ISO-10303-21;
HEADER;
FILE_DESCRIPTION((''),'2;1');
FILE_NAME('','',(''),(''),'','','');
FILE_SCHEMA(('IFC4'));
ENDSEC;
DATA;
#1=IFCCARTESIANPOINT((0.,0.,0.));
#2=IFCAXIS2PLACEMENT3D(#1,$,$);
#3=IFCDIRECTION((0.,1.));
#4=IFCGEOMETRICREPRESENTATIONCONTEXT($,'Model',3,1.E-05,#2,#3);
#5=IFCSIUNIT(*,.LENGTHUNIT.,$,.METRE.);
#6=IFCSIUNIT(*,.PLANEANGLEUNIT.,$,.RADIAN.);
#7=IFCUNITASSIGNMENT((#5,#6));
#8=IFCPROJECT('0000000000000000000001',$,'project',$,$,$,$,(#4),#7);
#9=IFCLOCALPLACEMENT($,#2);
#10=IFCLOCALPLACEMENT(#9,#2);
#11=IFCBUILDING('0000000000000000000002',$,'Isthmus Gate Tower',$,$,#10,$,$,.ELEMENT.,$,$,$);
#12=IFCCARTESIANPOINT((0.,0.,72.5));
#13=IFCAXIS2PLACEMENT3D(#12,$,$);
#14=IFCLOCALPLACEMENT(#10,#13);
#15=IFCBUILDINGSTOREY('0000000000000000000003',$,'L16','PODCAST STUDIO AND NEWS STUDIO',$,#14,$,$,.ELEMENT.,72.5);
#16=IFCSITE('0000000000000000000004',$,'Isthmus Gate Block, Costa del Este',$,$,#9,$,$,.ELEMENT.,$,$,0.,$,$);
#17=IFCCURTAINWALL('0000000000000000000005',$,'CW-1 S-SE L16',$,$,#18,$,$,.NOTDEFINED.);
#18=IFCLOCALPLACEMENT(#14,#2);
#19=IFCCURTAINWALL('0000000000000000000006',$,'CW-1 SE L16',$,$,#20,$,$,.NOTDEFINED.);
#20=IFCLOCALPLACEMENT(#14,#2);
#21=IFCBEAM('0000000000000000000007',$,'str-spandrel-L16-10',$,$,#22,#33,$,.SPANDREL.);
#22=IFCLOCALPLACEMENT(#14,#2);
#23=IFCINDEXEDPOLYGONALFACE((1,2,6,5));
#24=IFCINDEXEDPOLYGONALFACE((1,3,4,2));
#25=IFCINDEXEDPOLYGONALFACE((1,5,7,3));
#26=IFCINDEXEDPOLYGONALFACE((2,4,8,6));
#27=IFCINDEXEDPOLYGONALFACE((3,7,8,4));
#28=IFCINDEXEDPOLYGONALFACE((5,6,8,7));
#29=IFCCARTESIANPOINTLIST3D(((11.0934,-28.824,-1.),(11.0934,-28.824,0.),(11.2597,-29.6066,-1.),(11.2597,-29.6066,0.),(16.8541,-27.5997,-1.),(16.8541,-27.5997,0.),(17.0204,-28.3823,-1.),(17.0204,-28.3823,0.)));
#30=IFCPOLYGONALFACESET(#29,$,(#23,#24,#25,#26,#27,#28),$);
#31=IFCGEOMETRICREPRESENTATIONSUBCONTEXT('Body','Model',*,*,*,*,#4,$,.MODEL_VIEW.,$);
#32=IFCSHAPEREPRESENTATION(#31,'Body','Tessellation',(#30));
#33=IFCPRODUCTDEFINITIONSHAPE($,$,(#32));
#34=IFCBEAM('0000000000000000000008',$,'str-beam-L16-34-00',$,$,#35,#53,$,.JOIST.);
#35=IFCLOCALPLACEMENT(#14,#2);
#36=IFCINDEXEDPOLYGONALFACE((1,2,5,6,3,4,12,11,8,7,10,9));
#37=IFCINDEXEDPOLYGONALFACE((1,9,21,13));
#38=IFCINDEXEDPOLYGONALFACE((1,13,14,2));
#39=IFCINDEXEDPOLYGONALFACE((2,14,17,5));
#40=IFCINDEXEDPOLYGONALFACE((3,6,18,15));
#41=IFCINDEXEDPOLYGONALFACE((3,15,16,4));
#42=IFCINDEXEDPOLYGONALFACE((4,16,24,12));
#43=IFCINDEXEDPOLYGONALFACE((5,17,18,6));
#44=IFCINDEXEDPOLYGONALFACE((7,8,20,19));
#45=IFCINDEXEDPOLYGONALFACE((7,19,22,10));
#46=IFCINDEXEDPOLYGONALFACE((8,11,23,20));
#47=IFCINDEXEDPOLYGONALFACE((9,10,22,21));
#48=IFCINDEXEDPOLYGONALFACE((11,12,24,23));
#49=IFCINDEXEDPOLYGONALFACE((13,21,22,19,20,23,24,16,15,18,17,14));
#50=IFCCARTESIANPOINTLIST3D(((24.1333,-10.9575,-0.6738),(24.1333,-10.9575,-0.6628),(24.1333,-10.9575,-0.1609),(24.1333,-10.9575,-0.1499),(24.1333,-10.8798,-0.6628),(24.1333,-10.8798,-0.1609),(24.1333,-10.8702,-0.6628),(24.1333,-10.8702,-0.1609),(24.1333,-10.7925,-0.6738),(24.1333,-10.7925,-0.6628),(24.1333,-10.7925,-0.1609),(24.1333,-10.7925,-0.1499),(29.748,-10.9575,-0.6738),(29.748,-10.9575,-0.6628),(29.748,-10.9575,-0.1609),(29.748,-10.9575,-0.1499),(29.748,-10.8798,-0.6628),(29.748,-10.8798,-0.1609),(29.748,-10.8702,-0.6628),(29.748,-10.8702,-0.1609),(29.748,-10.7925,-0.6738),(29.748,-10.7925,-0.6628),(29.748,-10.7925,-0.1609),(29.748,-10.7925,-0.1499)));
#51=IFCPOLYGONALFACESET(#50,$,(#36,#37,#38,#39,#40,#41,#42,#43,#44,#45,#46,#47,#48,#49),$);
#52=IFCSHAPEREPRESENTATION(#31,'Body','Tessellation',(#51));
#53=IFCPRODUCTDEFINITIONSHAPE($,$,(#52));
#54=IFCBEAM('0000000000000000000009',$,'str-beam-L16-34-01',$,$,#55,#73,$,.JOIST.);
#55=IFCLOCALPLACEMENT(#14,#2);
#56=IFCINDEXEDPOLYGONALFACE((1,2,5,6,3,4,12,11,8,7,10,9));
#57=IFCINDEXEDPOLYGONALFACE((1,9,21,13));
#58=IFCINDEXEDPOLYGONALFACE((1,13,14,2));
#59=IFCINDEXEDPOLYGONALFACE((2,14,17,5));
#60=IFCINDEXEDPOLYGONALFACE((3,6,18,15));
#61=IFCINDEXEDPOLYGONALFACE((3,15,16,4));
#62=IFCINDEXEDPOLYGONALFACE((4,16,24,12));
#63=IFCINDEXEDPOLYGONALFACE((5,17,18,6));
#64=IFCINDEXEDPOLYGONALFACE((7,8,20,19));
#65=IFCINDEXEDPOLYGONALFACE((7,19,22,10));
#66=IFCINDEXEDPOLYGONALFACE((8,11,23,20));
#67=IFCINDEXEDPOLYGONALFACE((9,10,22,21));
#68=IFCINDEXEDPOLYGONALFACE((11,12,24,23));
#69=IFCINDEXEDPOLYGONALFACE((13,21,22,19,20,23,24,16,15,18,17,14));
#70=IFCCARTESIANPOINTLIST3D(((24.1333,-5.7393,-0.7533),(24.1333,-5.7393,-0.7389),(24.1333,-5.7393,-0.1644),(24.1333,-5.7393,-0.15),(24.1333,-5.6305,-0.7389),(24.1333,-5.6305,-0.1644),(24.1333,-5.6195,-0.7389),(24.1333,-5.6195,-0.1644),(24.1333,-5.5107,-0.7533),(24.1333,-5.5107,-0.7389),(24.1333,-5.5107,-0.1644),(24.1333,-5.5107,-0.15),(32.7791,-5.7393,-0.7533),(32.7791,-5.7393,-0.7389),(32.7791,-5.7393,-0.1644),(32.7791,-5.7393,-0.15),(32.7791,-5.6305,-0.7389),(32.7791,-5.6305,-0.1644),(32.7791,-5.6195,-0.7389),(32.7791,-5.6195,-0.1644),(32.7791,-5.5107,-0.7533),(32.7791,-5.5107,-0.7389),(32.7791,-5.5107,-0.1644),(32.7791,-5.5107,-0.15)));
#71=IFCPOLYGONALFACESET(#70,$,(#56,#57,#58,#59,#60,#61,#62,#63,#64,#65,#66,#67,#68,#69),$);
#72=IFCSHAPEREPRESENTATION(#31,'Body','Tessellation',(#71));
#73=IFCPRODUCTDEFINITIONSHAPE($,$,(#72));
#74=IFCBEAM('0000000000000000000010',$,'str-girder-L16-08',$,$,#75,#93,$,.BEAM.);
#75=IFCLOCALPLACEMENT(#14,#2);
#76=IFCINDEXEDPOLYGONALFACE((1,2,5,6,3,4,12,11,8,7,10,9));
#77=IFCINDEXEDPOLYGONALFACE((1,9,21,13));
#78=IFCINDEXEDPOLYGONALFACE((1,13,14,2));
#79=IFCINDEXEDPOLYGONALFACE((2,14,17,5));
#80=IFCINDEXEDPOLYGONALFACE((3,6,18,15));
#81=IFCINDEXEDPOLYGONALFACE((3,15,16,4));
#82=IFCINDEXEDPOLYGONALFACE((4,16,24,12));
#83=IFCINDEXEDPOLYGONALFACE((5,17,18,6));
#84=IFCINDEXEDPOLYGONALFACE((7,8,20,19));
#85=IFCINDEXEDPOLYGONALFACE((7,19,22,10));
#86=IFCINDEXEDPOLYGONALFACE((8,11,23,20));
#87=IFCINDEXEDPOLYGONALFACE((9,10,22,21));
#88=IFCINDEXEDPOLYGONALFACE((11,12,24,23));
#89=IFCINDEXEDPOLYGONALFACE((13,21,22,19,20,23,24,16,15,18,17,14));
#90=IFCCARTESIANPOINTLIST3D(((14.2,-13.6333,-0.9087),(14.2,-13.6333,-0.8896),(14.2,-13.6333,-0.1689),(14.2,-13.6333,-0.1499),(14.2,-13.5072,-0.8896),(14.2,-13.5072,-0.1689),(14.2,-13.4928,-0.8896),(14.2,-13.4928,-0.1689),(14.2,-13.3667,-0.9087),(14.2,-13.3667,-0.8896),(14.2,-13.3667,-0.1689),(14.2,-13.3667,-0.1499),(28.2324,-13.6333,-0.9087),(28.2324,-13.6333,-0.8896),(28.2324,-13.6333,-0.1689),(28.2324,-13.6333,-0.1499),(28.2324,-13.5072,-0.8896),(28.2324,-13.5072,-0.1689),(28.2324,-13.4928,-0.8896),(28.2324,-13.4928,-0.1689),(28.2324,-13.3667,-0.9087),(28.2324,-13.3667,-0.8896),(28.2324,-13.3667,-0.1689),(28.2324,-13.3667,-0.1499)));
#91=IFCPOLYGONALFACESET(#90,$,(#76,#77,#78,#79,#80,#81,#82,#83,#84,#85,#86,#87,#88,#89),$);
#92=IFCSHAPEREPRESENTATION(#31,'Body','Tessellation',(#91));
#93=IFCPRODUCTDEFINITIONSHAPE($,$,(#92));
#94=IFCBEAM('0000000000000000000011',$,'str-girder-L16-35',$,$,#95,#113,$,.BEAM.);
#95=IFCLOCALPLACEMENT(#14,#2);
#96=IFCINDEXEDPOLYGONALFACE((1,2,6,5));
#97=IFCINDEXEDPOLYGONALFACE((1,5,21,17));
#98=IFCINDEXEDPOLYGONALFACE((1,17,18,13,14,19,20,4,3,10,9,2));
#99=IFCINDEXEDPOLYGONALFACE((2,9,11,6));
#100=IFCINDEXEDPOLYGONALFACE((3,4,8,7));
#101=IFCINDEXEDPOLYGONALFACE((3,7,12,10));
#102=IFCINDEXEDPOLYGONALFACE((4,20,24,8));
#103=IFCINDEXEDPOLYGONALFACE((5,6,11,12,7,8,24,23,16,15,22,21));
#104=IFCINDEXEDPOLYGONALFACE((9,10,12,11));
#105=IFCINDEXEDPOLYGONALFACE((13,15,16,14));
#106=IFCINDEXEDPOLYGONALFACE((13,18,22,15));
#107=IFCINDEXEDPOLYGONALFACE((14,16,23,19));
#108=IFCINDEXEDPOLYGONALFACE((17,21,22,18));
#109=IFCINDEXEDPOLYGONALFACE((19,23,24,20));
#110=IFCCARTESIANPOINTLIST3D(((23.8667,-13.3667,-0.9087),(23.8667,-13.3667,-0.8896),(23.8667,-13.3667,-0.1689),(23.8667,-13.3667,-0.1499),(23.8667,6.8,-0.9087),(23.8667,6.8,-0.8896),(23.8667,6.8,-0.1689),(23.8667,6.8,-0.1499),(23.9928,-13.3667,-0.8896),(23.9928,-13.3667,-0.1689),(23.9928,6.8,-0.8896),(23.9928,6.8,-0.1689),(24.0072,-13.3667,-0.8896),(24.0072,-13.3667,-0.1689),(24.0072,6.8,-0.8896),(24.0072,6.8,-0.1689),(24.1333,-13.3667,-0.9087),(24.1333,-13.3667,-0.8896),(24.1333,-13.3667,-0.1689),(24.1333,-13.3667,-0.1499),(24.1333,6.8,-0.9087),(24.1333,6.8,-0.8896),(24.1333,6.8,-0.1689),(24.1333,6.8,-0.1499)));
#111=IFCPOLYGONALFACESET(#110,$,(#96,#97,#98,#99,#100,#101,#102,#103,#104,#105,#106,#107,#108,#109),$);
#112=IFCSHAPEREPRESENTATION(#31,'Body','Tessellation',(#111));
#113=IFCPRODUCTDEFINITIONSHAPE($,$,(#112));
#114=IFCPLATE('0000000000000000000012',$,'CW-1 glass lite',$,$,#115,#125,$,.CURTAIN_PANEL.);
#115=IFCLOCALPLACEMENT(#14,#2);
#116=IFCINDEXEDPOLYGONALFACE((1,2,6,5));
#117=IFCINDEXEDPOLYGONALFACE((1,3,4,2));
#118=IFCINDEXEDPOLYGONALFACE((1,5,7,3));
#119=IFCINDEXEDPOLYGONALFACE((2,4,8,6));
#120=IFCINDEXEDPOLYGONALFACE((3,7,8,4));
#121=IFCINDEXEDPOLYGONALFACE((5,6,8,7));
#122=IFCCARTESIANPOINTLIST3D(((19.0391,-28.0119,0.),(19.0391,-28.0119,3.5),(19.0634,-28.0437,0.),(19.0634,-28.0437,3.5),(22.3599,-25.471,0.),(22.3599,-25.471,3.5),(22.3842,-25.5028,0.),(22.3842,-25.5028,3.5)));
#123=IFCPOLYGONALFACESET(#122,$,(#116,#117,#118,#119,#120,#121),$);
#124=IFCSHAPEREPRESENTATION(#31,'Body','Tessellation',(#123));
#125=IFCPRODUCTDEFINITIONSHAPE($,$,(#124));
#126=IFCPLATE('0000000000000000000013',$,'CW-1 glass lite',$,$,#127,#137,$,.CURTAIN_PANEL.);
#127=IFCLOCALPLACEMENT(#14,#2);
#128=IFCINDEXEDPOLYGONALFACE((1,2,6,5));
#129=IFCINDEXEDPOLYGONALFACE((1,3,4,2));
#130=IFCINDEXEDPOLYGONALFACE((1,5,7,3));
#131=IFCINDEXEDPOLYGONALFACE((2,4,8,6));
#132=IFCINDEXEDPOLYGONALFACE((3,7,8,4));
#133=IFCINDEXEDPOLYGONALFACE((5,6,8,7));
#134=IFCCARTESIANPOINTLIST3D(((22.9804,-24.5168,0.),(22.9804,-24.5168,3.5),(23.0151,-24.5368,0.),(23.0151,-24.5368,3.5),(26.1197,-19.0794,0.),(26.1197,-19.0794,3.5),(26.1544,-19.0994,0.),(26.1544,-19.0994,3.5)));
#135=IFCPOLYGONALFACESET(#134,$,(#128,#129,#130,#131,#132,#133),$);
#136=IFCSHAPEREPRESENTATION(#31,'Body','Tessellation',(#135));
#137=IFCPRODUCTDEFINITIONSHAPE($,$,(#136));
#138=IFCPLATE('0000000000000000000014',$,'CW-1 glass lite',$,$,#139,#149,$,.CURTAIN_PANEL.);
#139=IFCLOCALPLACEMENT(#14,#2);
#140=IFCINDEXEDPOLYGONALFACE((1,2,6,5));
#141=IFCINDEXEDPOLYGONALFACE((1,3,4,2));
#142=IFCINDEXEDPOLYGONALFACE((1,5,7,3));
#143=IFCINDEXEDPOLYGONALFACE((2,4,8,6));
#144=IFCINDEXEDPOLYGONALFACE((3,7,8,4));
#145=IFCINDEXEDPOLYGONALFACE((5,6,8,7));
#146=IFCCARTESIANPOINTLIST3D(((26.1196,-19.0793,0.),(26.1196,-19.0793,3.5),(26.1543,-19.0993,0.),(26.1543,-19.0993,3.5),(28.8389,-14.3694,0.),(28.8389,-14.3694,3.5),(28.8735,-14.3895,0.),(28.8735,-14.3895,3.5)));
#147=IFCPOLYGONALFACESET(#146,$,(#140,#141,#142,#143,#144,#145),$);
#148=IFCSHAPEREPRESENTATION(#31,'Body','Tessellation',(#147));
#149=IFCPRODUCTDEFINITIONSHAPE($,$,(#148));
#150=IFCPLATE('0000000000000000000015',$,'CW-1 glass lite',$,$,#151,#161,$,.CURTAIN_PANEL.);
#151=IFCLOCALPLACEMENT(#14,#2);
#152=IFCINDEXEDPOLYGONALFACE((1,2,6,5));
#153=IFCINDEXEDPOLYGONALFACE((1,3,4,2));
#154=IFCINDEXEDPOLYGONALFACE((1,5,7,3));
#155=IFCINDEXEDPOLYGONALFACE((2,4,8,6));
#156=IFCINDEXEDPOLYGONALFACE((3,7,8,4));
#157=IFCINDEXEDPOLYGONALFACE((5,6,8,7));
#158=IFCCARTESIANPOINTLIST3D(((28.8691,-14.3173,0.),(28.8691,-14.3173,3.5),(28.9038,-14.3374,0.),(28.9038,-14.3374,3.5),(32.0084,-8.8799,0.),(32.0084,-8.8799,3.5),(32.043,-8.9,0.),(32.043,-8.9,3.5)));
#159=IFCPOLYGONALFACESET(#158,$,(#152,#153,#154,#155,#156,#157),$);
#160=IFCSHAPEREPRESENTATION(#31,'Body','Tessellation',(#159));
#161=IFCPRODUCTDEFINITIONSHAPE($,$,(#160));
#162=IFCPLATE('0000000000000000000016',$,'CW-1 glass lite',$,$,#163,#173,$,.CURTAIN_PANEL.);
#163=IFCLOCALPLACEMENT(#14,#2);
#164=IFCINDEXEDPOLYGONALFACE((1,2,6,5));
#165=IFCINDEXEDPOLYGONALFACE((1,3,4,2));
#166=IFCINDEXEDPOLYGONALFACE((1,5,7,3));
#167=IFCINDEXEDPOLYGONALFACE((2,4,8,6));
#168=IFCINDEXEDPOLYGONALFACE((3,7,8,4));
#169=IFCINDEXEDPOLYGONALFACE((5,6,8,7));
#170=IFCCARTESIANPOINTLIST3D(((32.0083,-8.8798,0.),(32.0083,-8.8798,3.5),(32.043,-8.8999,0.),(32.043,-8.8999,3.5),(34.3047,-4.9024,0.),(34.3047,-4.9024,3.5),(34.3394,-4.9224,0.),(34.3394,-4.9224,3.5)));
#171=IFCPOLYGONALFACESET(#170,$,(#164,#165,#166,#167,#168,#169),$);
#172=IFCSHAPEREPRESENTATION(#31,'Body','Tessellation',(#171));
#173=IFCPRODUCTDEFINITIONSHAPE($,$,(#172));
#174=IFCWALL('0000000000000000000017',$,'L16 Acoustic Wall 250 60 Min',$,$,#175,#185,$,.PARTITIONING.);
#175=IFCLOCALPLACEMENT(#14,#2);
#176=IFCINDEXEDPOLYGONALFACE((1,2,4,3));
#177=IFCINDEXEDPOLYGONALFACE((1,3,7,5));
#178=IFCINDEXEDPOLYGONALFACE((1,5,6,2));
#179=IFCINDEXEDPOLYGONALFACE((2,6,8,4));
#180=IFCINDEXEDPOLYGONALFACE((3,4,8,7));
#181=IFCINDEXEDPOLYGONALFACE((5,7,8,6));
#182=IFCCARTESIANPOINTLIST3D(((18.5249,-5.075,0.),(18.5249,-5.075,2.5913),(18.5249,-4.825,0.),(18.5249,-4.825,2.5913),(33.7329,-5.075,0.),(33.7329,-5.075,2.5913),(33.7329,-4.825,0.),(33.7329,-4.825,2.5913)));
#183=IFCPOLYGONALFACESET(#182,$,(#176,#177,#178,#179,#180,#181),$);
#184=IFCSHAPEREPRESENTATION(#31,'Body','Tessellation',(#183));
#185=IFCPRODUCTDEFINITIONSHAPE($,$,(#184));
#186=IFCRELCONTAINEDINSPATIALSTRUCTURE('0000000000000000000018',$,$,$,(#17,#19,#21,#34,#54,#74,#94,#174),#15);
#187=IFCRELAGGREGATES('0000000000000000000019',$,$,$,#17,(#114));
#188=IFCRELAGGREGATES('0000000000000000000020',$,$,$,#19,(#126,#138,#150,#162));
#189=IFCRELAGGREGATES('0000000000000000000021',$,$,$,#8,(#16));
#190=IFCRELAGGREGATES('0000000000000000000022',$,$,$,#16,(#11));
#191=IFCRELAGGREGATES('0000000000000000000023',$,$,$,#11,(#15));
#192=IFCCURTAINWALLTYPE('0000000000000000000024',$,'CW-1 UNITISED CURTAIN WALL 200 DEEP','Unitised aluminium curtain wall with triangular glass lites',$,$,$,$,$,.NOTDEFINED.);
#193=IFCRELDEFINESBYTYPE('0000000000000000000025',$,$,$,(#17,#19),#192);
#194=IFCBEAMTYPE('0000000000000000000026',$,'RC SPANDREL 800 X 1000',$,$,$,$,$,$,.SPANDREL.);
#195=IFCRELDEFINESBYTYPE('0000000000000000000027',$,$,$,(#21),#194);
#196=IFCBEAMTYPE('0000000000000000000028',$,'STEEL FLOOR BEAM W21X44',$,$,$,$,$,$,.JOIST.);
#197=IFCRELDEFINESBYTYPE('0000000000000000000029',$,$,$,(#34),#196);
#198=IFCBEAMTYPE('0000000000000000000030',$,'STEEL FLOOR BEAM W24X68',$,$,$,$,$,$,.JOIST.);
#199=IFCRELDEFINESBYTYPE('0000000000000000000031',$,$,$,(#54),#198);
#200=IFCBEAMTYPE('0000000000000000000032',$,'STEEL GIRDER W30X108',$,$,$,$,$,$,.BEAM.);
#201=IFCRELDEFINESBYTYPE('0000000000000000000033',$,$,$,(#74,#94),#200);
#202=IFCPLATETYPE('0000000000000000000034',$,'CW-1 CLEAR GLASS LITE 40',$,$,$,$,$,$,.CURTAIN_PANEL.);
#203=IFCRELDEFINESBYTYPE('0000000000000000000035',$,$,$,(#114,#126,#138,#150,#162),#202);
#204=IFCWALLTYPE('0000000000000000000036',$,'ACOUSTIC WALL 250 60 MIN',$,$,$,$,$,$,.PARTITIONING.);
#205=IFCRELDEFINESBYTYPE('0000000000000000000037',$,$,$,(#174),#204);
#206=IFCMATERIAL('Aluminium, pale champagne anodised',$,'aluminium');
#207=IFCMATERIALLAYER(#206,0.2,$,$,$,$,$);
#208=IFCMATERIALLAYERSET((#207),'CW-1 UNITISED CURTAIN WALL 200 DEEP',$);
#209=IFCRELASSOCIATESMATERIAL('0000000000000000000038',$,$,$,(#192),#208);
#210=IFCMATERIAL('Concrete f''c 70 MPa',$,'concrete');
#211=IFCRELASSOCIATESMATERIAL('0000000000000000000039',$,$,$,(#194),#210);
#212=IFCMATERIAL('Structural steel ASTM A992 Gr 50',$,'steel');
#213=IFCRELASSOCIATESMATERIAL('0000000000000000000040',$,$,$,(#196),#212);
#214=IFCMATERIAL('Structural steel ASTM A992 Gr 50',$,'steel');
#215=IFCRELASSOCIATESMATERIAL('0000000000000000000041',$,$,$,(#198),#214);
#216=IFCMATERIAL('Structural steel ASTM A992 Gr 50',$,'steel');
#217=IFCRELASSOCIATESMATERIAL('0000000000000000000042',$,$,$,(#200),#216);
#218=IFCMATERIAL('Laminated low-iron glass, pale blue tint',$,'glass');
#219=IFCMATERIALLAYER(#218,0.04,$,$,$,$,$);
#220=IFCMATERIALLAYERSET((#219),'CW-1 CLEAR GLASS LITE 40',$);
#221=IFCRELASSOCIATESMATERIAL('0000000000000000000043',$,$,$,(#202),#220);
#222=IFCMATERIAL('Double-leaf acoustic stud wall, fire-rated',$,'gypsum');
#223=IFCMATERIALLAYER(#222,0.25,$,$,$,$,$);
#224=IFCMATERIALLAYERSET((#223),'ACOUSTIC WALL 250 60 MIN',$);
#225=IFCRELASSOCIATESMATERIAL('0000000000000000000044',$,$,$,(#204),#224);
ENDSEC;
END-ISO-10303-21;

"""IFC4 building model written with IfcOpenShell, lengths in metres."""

from ifc_helpers import new_model, si_unit, direction, frame, frame_2d, origin, origin_2d, place, context, subcontext, project, spatial, rectangle, i_section, extrude, material, layer, layer_set, material_profile, profile_set, type_object, element, aggregate, save


model = new_model("IFC4")

# Units and contexts
model_context = context("Model", 3, precision=1e-05, world=origin(), true_north=direction((0.0, 1.0)))
body_context = subcontext(model_context, "Body", "Model", "MODEL_VIEW")
ifc_project = project(units=[si_unit("LENGTHUNIT", "METRE"), si_unit("PLANEANGLEUNIT", "RADIAN")], contexts=[model_context])

# Site, building, storey
site_placement = place(None, origin())
site = spatial("IfcSite", under=ifc_project, at=site_placement, Name="Isthmus Gate Block, Costa del Este", CompositionType="ELEMENT", RefElevation=0.0)
building_placement = place(site_placement, origin())
building = spatial("IfcBuilding", under=site, at=building_placement, Name="Isthmus Gate Tower", CompositionType="ELEMENT")
storey_placement = place(building_placement, frame((0.0, 0.0, 72.5)))
storey = spatial("IfcBuildingStorey", under=building, at=storey_placement, Name="L16", Description="PODCAST STUDIO AND NEWS STUDIO", CompositionType="ELEMENT", Elevation=72.5)

# Curtain wall
ifc_material_1 = material(Name="Aluminium, pale champagne anodised", Category="aluminium")
ifc_layer_1 = layer(ifc_material_1, 0.2)
ifc_layer_set_1 = layer_set([ifc_layer_1], Name="CW-1 UNITISED CURTAIN WALL 200 DEEP")
curtain_wall_type = type_object("IfcCurtainWallType", Name="CW-1 UNITISED CURTAIN WALL 200 DEEP", Description="Unitised aluminium curtain wall with triangular glass lites", PredefinedType="NOTDEFINED", material=ifc_layer_set_1)
curtain_wall_1_placement = place(storey_placement, origin())
curtain_wall_1 = element("IfcCurtainWall", 1, at=curtain_wall_1_placement, inside=storey, type_object=curtain_wall_type, Name="CW-1 S-SE L16", PredefinedType="NOTDEFINED")

# Curtain wall
curtain_wall_2_placement = place(storey_placement, origin())
curtain_wall_2 = element("IfcCurtainWall", 2, at=curtain_wall_2_placement, inside=storey, type_object=curtain_wall_type, Name="CW-1 SE L16", PredefinedType="NOTDEFINED")

# Beams
ifc_material_2 = material(Name="Concrete f'c 70 MPa", Category="concrete")
ifc_material_profile_1 = material_profile(ifc_material_2, rectangle(XDim=0.8, YDim=1.0, at=origin_2d()), Name="RC 800X1000")
ifc_profile_set_1 = profile_set([ifc_material_profile_1], Name="Concrete f'c 70 MPa")
beam_type_1 = type_object("IfcBeamType", Name="RC SPANDREL 800 X 1000", PredefinedType="SPANDREL", material=ifc_profile_set_1)
beam_1_placement = place(storey_placement, frame((16.9373, -27.991, -0.5), z_axis=(-0.978152, -0.207892, 0.0), x_axis=(0.207892, -0.978152, 0.0)))
element("IfcBeam", 3, at=beam_1_placement, inside=storey, type_object=beam_type_1, Name="str-spandrel-L16-10", PredefinedType="SPANDREL", context=body_context, shape_type="SweptSolid", body=[
    extrude(rectangle(XDim=0.8, YDim=1.0, at=origin_2d()), origin(), (0.0, 0.0, 1.0), 5.8894),
])
ifc_material_3 = material(Name="Structural steel ASTM A992 Gr 50", Category="steel")
ifc_material_profile_2 = material_profile(ifc_material_3, i_section(OverallWidth=0.165, OverallDepth=0.5239, WebThickness=0.0095, FlangeThickness=0.011, at=origin_2d()), Name="W21X44")
ifc_profile_set_2 = profile_set([ifc_material_profile_2], Name="Structural steel ASTM A992 Gr 50")
beam_type_2 = type_object("IfcBeamType", Name="STEEL FLOOR BEAM W21X44", PredefinedType="JOIST", material=ifc_profile_set_2)
beam_2_placement = place(storey_placement, frame((24.1333, -10.875, -0.4119), z_axis=(1.0, 0.0, 0.0), x_axis=(0.0, 1.0, 0.0)))
element("IfcBeam", 4, at=beam_2_placement, inside=storey, type_object=beam_type_2, Name="str-beam-L16-34-00", PredefinedType="JOIST", context=body_context, shape_type="SweptSolid", body=[
    extrude(i_section(OverallWidth=0.165, OverallDepth=0.5239, WebThickness=0.0095, FlangeThickness=0.011, at=origin_2d()), origin(), (0.0, 0.0, 1.0), 5.6147),
])
ifc_material_4 = material(Name="Structural steel ASTM A992 Gr 50", Category="steel")
ifc_material_profile_3 = material_profile(ifc_material_4, i_section(OverallWidth=0.2285, OverallDepth=0.6033, WebThickness=0.011, FlangeThickness=0.0144, at=origin_2d()), Name="W24X68")
ifc_profile_set_3 = profile_set([ifc_material_profile_3], Name="Structural steel ASTM A992 Gr 50")
beam_type_3 = type_object("IfcBeamType", Name="STEEL FLOOR BEAM W24X68", PredefinedType="JOIST", material=ifc_profile_set_3)
beam_3_placement = place(storey_placement, frame((24.1333, -5.625, -0.4517), z_axis=(1.0, 0.0, 0.0), x_axis=(0.0, 1.0, 0.0)))
element("IfcBeam", 5, at=beam_3_placement, inside=storey, type_object=beam_type_3, Name="str-beam-L16-34-01", PredefinedType="JOIST", context=body_context, shape_type="SweptSolid", body=[
    extrude(i_section(OverallWidth=0.2285, OverallDepth=0.6033, WebThickness=0.011, FlangeThickness=0.0144, at=origin_2d()), origin(), (0.0, 0.0, 1.0), 8.6458),
])
ifc_material_5 = material(Name="Structural steel ASTM A992 Gr 50", Category="steel")
ifc_material_profile_4 = material_profile(ifc_material_5, i_section(OverallWidth=0.2666, OverallDepth=0.7588, WebThickness=0.0144, FlangeThickness=0.019, at=origin_2d()), Name="W30X108")
ifc_profile_set_4 = profile_set([ifc_material_profile_4], Name="Structural steel ASTM A992 Gr 50")
beam_type_4 = type_object("IfcBeamType", Name="STEEL GIRDER W30X108", PredefinedType="BEAM", material=ifc_profile_set_4)
beam_4_placement = place(storey_placement, frame((14.2, -13.5, -0.5293), z_axis=(1.0, 0.0, 0.0), x_axis=(0.0, 1.0, 0.0)))
element("IfcBeam", 6, at=beam_4_placement, inside=storey, type_object=beam_type_4, Name="str-girder-L16-08", PredefinedType="BEAM", context=body_context, shape_type="SweptSolid", body=[
    extrude(i_section(OverallWidth=0.2666, OverallDepth=0.7588, WebThickness=0.0144, FlangeThickness=0.019, at=origin_2d()), origin(), (0.0, 0.0, 1.0), 14.0325),
])
beam_5_placement = place(storey_placement, frame((24.0, -13.3667, -0.5293), z_axis=(0.0, 1.0, 0.0), x_axis=(-1.0, 0.0, 0.0)))
element("IfcBeam", 7, at=beam_5_placement, inside=storey, type_object=beam_type_4, Name="str-girder-L16-35", PredefinedType="BEAM", context=body_context, shape_type="SweptSolid", body=[
    extrude(i_section(OverallWidth=0.2666, OverallDepth=0.7588, WebThickness=0.0144, FlangeThickness=0.019, at=origin_2d()), origin(), (0.0, 0.0, 1.0), 20.1667),
])

# Plates
ifc_material_6 = material(Name="Laminated low-iron glass, pale blue tint", Category="glass")
ifc_layer_2 = layer(ifc_material_6, 0.04)
ifc_layer_set_2 = layer_set([ifc_layer_2], Name="CW-1 CLEAR GLASS LITE 40")
plate_type = type_object("IfcPlateType", Name="CW-1 CLEAR GLASS LITE 40", PredefinedType="CURTAIN_PANEL", material=ifc_layer_set_2)
plate_1_placement = place(storey_placement, frame((20.7117, -26.7573, 0.0), z_axis=(0.0, 0.0, 1.0), x_axis=(0.794189, 0.607671, 0.0)))
plate_1 = element("IfcPlate", 8, at=plate_1_placement, type_object=plate_type, Name="CW-1 glass lite", PredefinedType="CURTAIN_PANEL", context=body_context, shape_type="SweptSolid", body=[
    extrude(rectangle(XDim=4.1814, YDim=0.04, at=origin_2d()), origin(), (0.0, 0.0, 1.0), 3.5),
])
aggregate(curtain_wall_1, [plate_1])
plate_2_placement = place(storey_placement, frame((24.5674, -21.8081, 0.0), z_axis=(0.0, 0.0, 1.0), x_axis=(0.5, 0.866025, 0.0)))
plate_2 = element("IfcPlate", 9, at=plate_2_placement, type_object=plate_type, Name="CW-1 glass lite", PredefinedType="CURTAIN_PANEL", context=body_context, shape_type="SweptSolid", body=[
    extrude(rectangle(XDim=6.2786, YDim=0.04, at=origin_2d()), origin(), (0.0, 0.0, 1.0), 3.5),
])
plate_3_placement = place(storey_placement, frame((27.4966, -16.7344, 0.0), z_axis=(0.0, 0.0, 1.0), x_axis=(0.5, 0.866025, 0.0)))
plate_3 = element("IfcPlate", 10, at=plate_3_placement, type_object=plate_type, Name="CW-1 glass lite", PredefinedType="CURTAIN_PANEL", context=body_context, shape_type="SweptSolid", body=[
    extrude(rectangle(XDim=5.4385, YDim=0.04, at=origin_2d()), origin(), (0.0, 0.0, 1.0), 3.5),
])
plate_4_placement = place(storey_placement, frame((30.4561, -11.6086, 0.0), z_axis=(0.0, 0.0, 1.0), x_axis=(0.5, 0.866025, 0.0)))
plate_4 = element("IfcPlate", 11, at=plate_4_placement, type_object=plate_type, Name="CW-1 glass lite", PredefinedType="CURTAIN_PANEL", context=body_context, shape_type="SweptSolid", body=[
    extrude(rectangle(XDim=6.2786, YDim=0.04, at=origin_2d()), origin(), (0.0, 0.0, 1.0), 3.5),
])
plate_5_placement = place(storey_placement, frame((33.1738, -6.9011, 0.0), z_axis=(0.0, 0.0, 1.0), x_axis=(0.5, 0.866025, 0.0)))
plate_5 = element("IfcPlate", 12, at=plate_5_placement, type_object=plate_type, Name="CW-1 glass lite", PredefinedType="CURTAIN_PANEL", context=body_context, shape_type="SweptSolid", body=[
    extrude(rectangle(XDim=4.5928, YDim=0.04, at=origin_2d()), origin(), (0.0, 0.0, 1.0), 3.5),
])
aggregate(curtain_wall_2, [plate_2, plate_3, plate_4, plate_5])

# Wall
ifc_material_7 = material(Name="Double-leaf acoustic stud wall, fire-rated", Category="gypsum")
ifc_layer_3 = layer(ifc_material_7, 0.25)
ifc_layer_set_3 = layer_set([ifc_layer_3], Name="ACOUSTIC WALL 250 60 MIN")
wall_type = type_object("IfcWallType", Name="ACOUSTIC WALL 250 60 MIN", PredefinedType="PARTITIONING", material=ifc_layer_set_3)
wall_1_placement = place(storey_placement, frame((18.5249, -4.95, 0.0), z_axis=(0.0, 0.0, 1.0), x_axis=(1.0, 0.0, 0.0)))
element("IfcWall", 13, at=wall_1_placement, inside=storey, type_object=wall_type, Name="L16 Acoustic Wall 250 60 Min", PredefinedType="PARTITIONING", context=body_context, shape_type="SweptSolid", body=[
    extrude(rectangle(XDim=15.208, YDim=0.25, at=frame_2d((7.604, 0.0))), origin(), (0.0, 0.0, 1.0), 2.5913),
])

save(model, "model.ifc")
